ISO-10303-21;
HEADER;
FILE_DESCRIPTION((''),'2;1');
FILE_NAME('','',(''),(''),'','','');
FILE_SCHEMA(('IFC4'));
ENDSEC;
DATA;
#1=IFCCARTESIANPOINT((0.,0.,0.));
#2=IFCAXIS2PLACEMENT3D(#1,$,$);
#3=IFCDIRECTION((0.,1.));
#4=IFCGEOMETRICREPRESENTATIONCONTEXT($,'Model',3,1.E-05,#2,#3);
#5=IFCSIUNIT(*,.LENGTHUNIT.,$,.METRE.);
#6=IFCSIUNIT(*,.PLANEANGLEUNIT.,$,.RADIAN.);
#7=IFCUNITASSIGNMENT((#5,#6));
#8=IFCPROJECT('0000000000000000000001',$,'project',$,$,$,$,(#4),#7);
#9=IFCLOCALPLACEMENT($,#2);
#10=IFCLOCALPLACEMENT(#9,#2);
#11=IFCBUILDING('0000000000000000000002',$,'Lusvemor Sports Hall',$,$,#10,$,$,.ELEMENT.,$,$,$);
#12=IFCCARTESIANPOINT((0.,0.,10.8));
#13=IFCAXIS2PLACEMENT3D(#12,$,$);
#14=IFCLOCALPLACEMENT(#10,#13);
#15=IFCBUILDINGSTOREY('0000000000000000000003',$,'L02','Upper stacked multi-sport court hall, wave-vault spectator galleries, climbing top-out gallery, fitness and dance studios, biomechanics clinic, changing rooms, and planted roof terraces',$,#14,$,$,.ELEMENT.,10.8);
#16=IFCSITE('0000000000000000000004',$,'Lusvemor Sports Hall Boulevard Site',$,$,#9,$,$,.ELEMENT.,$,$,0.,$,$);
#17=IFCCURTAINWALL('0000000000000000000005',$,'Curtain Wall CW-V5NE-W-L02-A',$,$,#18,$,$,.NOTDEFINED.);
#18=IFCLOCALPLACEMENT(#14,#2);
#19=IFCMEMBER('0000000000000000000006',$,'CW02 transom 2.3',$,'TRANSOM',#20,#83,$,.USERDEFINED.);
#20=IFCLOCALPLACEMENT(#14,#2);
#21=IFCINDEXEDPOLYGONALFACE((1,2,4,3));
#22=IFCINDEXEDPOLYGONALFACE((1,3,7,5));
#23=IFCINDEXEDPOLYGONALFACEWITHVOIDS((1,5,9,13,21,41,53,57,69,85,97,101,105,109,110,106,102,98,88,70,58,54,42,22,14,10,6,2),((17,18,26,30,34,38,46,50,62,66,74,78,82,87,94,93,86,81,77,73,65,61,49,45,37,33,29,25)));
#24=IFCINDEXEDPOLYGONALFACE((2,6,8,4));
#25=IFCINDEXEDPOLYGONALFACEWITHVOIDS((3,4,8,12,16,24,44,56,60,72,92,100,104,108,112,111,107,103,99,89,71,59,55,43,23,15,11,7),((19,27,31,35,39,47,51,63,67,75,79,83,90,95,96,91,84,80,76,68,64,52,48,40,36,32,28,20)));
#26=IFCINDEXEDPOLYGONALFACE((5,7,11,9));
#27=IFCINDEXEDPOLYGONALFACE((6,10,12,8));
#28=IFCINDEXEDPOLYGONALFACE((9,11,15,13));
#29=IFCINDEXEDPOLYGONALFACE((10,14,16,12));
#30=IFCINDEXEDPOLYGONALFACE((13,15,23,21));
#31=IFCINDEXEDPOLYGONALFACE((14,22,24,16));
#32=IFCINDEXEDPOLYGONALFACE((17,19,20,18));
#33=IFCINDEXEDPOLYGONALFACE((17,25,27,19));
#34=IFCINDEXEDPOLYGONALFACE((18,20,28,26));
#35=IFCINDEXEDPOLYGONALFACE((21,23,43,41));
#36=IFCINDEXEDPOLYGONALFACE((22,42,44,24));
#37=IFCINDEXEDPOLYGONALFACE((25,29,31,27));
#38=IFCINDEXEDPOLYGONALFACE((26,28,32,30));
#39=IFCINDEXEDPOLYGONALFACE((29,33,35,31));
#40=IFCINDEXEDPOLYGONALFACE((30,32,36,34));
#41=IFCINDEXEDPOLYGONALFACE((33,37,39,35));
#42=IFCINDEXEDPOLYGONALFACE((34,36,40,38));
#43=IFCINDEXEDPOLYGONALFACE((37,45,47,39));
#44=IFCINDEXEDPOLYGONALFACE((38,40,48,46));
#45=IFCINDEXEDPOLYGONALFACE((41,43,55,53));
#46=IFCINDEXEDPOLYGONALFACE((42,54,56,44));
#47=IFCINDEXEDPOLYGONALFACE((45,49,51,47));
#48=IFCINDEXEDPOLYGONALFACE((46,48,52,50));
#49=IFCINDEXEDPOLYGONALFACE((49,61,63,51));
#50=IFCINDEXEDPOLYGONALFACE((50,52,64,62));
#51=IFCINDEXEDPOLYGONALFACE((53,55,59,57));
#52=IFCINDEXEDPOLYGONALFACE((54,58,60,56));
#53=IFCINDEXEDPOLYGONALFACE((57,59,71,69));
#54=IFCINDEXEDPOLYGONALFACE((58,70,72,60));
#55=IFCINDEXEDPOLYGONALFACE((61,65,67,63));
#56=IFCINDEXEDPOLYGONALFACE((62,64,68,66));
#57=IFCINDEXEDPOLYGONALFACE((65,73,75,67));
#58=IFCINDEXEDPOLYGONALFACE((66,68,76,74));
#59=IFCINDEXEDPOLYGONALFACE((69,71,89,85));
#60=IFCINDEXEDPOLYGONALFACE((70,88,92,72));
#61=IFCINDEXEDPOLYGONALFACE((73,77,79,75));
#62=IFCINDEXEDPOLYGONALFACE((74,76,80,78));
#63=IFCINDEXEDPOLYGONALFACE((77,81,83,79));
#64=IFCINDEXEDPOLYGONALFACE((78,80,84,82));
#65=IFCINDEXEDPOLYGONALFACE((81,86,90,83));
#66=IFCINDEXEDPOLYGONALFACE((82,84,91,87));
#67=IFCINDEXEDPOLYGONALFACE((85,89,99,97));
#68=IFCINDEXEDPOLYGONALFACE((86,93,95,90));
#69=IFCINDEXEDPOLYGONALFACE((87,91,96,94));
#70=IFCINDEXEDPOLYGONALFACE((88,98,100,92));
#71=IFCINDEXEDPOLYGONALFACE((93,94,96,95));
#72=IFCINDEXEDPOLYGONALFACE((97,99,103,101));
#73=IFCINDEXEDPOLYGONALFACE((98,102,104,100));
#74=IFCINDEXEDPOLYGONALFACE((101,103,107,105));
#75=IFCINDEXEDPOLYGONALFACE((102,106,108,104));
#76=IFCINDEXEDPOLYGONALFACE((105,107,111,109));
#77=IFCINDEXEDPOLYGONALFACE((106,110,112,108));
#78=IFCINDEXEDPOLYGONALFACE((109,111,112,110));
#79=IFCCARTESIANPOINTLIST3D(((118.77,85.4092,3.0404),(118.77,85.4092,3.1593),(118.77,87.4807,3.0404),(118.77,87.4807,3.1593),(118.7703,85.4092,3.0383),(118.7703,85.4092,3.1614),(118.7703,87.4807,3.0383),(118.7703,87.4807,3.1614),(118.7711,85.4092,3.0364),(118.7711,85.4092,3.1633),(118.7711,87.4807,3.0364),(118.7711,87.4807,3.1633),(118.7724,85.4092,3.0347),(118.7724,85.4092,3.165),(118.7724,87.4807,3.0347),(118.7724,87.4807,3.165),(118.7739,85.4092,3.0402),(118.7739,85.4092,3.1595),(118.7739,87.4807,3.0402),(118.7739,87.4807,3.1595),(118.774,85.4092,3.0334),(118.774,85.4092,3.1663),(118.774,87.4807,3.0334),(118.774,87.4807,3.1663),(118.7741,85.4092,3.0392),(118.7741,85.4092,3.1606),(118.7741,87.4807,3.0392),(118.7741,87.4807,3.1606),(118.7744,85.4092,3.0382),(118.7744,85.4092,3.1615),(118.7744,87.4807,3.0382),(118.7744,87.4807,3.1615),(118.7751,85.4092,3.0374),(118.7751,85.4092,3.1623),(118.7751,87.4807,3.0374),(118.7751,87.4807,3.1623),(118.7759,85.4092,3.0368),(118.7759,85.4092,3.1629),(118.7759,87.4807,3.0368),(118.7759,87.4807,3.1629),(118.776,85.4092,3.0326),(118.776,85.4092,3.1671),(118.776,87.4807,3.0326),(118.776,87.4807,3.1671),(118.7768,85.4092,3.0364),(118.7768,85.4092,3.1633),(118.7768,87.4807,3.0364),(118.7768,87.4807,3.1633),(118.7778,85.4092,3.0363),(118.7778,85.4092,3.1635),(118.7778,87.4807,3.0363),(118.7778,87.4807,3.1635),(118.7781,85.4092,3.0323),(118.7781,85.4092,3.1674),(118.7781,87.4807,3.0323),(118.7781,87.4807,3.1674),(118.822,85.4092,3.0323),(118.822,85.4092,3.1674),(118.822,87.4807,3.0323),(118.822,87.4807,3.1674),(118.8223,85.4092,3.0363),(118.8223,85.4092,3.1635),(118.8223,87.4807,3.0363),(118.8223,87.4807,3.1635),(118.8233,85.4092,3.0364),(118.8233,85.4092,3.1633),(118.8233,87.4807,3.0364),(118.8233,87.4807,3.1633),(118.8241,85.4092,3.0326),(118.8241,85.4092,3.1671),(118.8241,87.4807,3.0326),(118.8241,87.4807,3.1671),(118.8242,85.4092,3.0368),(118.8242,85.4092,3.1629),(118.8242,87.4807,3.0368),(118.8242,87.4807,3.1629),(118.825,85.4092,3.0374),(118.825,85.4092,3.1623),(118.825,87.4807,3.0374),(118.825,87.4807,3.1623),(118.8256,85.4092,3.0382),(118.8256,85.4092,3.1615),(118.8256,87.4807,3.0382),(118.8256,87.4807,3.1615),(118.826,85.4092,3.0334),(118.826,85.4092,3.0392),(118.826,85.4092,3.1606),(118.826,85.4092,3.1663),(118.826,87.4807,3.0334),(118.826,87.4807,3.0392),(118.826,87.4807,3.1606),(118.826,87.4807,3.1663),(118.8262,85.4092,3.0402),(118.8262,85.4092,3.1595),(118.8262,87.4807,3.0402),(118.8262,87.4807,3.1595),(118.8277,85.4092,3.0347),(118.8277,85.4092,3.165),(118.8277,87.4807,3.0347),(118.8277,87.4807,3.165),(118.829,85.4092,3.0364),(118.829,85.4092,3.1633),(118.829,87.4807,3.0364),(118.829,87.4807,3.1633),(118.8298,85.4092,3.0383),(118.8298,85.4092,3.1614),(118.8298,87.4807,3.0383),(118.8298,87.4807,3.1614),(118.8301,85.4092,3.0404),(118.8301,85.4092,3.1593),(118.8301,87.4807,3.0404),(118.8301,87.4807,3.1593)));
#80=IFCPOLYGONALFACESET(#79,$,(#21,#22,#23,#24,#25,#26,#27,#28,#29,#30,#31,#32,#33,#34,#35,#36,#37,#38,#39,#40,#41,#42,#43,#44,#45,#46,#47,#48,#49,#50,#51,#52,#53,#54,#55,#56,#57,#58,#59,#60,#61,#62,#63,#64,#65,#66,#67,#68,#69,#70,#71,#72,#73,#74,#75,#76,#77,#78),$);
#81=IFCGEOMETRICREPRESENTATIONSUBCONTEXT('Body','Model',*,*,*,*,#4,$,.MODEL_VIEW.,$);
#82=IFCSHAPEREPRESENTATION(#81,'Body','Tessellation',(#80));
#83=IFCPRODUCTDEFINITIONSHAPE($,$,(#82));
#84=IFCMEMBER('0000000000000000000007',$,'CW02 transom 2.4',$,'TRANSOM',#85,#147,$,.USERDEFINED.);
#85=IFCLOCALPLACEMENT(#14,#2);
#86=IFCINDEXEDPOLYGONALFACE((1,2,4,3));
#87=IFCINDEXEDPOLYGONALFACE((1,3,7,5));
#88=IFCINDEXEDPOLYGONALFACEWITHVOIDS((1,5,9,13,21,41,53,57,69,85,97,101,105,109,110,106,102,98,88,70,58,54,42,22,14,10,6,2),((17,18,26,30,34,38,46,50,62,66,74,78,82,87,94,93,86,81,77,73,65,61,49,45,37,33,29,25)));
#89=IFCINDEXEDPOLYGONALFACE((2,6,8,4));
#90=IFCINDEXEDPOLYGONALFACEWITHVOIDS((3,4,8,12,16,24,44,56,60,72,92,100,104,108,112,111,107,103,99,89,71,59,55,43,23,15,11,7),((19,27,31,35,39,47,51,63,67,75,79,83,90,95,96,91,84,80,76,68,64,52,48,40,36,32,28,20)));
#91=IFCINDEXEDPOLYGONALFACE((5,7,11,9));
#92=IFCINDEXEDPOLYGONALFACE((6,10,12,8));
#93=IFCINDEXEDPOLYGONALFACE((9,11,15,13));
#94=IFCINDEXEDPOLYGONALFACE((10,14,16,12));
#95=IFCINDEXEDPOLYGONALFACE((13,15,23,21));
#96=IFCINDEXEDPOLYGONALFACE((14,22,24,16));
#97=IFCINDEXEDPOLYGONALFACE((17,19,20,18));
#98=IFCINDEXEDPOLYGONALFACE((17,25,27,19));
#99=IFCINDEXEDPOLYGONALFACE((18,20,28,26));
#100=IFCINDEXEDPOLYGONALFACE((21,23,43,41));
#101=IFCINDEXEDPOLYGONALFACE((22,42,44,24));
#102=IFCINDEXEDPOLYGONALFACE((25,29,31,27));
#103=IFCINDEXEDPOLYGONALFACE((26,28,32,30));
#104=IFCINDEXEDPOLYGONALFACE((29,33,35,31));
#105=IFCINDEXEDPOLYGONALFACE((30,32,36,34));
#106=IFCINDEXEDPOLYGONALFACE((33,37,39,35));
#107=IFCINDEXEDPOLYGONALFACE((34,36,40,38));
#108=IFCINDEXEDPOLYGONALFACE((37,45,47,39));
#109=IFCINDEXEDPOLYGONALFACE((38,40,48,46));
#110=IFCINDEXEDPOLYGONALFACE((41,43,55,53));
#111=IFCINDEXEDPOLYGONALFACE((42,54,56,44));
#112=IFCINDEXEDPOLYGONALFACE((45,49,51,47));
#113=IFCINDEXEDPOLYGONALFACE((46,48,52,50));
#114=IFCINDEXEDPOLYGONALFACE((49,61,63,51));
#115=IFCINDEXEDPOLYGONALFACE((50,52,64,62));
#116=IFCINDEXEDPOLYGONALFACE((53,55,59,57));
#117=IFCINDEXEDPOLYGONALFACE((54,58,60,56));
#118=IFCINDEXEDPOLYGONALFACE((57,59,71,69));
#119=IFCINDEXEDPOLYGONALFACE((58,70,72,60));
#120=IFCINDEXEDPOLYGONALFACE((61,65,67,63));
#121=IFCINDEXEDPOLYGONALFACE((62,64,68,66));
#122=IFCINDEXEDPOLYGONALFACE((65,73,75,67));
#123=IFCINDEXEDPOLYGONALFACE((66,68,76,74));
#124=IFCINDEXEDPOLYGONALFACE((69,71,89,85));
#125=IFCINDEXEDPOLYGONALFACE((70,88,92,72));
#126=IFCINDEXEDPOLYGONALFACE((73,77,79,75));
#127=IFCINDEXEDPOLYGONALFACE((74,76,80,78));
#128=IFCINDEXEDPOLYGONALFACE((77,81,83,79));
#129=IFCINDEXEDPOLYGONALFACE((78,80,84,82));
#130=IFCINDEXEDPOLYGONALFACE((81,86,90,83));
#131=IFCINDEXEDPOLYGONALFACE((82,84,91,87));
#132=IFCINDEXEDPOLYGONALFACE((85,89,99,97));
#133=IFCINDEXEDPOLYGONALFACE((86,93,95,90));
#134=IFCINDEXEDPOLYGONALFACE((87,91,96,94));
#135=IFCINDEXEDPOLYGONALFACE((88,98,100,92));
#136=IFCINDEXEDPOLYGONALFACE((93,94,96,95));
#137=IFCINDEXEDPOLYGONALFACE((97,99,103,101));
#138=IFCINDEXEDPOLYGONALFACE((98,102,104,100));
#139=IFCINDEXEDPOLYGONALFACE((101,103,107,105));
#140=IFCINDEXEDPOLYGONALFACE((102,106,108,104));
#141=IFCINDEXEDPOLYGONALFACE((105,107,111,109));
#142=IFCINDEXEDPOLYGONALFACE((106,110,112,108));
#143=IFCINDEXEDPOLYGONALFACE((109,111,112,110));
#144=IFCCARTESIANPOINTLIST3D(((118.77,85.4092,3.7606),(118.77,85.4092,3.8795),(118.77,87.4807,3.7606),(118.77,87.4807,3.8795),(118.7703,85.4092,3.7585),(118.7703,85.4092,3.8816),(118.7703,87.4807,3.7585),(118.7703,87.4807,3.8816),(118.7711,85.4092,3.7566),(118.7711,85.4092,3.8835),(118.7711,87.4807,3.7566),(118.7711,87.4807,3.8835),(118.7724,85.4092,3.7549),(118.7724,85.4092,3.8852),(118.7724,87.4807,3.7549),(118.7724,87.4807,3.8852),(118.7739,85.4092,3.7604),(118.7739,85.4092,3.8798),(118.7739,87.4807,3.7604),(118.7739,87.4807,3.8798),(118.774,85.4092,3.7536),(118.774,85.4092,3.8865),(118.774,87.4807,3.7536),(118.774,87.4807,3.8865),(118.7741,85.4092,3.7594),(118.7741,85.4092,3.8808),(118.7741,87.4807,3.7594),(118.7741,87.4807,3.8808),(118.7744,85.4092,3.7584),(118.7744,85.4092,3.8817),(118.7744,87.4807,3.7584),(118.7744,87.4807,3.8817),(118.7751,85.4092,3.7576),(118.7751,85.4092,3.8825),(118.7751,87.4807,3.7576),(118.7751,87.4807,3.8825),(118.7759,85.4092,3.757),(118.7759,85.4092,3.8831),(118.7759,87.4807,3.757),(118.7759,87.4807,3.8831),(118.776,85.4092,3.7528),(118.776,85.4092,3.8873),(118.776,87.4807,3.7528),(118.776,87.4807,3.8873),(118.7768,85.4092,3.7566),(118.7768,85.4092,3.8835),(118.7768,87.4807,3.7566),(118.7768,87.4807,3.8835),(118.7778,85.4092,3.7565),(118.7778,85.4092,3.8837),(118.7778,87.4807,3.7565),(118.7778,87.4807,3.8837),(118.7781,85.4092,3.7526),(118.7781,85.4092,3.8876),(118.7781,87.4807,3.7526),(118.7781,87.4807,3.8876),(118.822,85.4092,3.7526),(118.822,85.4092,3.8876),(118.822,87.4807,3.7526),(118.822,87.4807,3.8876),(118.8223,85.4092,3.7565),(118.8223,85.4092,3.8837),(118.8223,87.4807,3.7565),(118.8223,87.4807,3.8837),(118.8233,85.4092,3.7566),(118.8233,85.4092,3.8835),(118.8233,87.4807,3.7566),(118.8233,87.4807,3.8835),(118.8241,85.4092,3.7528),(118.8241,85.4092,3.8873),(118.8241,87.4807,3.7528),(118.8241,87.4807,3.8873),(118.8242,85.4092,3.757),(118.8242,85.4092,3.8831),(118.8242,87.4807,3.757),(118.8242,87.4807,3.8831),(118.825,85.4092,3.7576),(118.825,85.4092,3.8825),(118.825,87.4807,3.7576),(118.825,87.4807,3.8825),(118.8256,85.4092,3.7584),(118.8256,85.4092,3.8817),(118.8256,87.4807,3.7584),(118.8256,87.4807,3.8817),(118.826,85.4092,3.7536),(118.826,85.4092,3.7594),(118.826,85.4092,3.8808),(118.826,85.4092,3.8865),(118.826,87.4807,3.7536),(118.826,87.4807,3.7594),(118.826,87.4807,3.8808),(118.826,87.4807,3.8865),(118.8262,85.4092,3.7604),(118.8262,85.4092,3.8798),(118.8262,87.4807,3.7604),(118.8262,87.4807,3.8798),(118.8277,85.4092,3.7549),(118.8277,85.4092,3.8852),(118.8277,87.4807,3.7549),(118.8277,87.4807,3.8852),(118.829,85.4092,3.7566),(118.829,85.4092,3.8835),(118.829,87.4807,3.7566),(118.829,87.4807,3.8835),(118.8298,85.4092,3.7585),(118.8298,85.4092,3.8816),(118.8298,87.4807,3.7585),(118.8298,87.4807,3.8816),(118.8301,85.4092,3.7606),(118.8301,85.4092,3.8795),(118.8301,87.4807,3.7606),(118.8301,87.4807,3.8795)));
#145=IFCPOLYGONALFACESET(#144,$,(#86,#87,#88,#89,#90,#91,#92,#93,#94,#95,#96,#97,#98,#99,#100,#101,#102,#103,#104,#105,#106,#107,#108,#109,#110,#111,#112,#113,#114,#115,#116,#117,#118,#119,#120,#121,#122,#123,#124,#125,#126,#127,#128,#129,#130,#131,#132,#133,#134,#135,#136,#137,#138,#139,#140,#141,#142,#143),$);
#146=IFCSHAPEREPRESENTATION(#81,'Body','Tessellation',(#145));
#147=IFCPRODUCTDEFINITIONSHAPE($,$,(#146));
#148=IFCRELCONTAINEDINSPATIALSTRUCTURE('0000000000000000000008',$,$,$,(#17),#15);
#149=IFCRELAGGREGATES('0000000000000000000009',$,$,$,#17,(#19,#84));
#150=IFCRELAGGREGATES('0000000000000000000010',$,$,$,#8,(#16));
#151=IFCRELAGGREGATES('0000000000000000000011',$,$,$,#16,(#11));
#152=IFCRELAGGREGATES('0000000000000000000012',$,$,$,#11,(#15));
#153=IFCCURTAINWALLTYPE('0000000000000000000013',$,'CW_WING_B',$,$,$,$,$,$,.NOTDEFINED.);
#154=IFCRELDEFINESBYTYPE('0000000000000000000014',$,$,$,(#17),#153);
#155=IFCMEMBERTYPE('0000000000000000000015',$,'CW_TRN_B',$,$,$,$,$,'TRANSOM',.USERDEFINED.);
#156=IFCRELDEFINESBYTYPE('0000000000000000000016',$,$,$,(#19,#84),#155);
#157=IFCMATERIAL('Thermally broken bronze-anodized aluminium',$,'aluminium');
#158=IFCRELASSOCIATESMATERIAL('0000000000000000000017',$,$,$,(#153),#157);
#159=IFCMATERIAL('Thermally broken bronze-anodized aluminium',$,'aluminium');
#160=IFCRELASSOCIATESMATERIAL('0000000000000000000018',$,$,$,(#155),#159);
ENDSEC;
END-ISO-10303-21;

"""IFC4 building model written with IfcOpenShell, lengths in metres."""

from ifc_helpers import new_model, si_unit, direction, frame, origin, origin_2d, place, context, subcontext, project, spatial, hollow_rectangle, extrude, material, material_profile, profile_set, type_object, element, aggregate, save


model = new_model("IFC4")

# Units and contexts
model_context = context("Model", 3, precision=1e-05, world=origin(), true_north=direction((0.0, 1.0)))
body_context = subcontext(model_context, "Body", "Model", "MODEL_VIEW")
ifc_project = project(units=[si_unit("LENGTHUNIT", "METRE"), si_unit("PLANEANGLEUNIT", "RADIAN")], contexts=[model_context])

# Site, building, storey
site_placement = place(None, origin())
site = spatial("IfcSite", under=ifc_project, at=site_placement, Name="Lusvemor Sports Hall Boulevard Site", CompositionType="ELEMENT", RefElevation=0.0)
building_placement = place(site_placement, origin())
building = spatial("IfcBuilding", under=site, at=building_placement, Name="Lusvemor Sports Hall", CompositionType="ELEMENT")
storey_placement = place(building_placement, frame((0.0, 0.0, 10.8)))
storey = spatial("IfcBuildingStorey", under=building, at=storey_placement, Name="L02", Description="Upper stacked multi-sport court hall, wave-vault spectator galleries, climbing top-out gallery, fitness and dance studios, biomechanics clinic, changing rooms, and planted roof terraces", CompositionType="ELEMENT", Elevation=10.8)

# Curtain wall
ifc_material_1 = material(Name="Thermally broken bronze-anodized aluminium", Category="aluminium")
curtain_wall_type = type_object("IfcCurtainWallType", Name="CW_WING_B", PredefinedType="NOTDEFINED", material=ifc_material_1)
curtain_wall_1_placement = place(storey_placement, origin())
curtain_wall_1 = element("IfcCurtainWall", 1, at=curtain_wall_1_placement, inside=storey, type_object=curtain_wall_type, Name="Curtain Wall CW-V5NE-W-L02-A", PredefinedType="NOTDEFINED")

# Members
ifc_material_2 = material(Name="Thermally broken bronze-anodized aluminium", Category="aluminium")
ifc_material_profile_1 = material_profile(ifc_material_2, hollow_rectangle(XDim=0.0601, YDim=0.135, WallThickness=0.0039, InnerFilletRadius=0.0039, OuterFilletRadius=0.0081, at=origin_2d()), Name="CWTRN135x60x4")
ifc_profile_set_1 = profile_set([ifc_material_profile_1], Name="Thermally broken bronze-anodized aluminium")
member_type_1 = type_object("IfcMemberType", Name="CW_TRN_B", ElementType="TRANSOM", PredefinedType="USERDEFINED", material=ifc_profile_set_1)
member_1_placement = place(storey_placement, frame((118.8, 85.4092, 3.0999), z_axis=(0.0, 1.0, 0.0), x_axis=(-1.0, 0.0, 0.0)))
member_1 = element("IfcMember", 2, at=member_1_placement, type_object=member_type_1, Name="CW02 transom 2.3", ObjectType="TRANSOM", PredefinedType="USERDEFINED", context=body_context, shape_type="SweptSolid", body=[
    extrude(hollow_rectangle(XDim=0.0601, YDim=0.135, WallThickness=0.0039, InnerFilletRadius=0.0039, OuterFilletRadius=0.0081, at=origin_2d()), origin(), (0.0, 0.0, 1.0), 2.0715),
])
member_2_placement = place(storey_placement, frame((118.8, 85.4092, 3.8201), z_axis=(0.0, 1.0, 0.0), x_axis=(-1.0, 0.0, 0.0)))
member_2 = element("IfcMember", 3, at=member_2_placement, type_object=member_type_1, Name="CW02 transom 2.4", ObjectType="TRANSOM", PredefinedType="USERDEFINED", context=body_context, shape_type="SweptSolid", body=[
    extrude(hollow_rectangle(XDim=0.0601, YDim=0.135, WallThickness=0.0039, InnerFilletRadius=0.0039, OuterFilletRadius=0.0081, at=origin_2d()), origin(), (0.0, 0.0, 1.0), 2.0715),
])

aggregate(curtain_wall_1, [member_1, member_2])

save(model, "model.ifc")
